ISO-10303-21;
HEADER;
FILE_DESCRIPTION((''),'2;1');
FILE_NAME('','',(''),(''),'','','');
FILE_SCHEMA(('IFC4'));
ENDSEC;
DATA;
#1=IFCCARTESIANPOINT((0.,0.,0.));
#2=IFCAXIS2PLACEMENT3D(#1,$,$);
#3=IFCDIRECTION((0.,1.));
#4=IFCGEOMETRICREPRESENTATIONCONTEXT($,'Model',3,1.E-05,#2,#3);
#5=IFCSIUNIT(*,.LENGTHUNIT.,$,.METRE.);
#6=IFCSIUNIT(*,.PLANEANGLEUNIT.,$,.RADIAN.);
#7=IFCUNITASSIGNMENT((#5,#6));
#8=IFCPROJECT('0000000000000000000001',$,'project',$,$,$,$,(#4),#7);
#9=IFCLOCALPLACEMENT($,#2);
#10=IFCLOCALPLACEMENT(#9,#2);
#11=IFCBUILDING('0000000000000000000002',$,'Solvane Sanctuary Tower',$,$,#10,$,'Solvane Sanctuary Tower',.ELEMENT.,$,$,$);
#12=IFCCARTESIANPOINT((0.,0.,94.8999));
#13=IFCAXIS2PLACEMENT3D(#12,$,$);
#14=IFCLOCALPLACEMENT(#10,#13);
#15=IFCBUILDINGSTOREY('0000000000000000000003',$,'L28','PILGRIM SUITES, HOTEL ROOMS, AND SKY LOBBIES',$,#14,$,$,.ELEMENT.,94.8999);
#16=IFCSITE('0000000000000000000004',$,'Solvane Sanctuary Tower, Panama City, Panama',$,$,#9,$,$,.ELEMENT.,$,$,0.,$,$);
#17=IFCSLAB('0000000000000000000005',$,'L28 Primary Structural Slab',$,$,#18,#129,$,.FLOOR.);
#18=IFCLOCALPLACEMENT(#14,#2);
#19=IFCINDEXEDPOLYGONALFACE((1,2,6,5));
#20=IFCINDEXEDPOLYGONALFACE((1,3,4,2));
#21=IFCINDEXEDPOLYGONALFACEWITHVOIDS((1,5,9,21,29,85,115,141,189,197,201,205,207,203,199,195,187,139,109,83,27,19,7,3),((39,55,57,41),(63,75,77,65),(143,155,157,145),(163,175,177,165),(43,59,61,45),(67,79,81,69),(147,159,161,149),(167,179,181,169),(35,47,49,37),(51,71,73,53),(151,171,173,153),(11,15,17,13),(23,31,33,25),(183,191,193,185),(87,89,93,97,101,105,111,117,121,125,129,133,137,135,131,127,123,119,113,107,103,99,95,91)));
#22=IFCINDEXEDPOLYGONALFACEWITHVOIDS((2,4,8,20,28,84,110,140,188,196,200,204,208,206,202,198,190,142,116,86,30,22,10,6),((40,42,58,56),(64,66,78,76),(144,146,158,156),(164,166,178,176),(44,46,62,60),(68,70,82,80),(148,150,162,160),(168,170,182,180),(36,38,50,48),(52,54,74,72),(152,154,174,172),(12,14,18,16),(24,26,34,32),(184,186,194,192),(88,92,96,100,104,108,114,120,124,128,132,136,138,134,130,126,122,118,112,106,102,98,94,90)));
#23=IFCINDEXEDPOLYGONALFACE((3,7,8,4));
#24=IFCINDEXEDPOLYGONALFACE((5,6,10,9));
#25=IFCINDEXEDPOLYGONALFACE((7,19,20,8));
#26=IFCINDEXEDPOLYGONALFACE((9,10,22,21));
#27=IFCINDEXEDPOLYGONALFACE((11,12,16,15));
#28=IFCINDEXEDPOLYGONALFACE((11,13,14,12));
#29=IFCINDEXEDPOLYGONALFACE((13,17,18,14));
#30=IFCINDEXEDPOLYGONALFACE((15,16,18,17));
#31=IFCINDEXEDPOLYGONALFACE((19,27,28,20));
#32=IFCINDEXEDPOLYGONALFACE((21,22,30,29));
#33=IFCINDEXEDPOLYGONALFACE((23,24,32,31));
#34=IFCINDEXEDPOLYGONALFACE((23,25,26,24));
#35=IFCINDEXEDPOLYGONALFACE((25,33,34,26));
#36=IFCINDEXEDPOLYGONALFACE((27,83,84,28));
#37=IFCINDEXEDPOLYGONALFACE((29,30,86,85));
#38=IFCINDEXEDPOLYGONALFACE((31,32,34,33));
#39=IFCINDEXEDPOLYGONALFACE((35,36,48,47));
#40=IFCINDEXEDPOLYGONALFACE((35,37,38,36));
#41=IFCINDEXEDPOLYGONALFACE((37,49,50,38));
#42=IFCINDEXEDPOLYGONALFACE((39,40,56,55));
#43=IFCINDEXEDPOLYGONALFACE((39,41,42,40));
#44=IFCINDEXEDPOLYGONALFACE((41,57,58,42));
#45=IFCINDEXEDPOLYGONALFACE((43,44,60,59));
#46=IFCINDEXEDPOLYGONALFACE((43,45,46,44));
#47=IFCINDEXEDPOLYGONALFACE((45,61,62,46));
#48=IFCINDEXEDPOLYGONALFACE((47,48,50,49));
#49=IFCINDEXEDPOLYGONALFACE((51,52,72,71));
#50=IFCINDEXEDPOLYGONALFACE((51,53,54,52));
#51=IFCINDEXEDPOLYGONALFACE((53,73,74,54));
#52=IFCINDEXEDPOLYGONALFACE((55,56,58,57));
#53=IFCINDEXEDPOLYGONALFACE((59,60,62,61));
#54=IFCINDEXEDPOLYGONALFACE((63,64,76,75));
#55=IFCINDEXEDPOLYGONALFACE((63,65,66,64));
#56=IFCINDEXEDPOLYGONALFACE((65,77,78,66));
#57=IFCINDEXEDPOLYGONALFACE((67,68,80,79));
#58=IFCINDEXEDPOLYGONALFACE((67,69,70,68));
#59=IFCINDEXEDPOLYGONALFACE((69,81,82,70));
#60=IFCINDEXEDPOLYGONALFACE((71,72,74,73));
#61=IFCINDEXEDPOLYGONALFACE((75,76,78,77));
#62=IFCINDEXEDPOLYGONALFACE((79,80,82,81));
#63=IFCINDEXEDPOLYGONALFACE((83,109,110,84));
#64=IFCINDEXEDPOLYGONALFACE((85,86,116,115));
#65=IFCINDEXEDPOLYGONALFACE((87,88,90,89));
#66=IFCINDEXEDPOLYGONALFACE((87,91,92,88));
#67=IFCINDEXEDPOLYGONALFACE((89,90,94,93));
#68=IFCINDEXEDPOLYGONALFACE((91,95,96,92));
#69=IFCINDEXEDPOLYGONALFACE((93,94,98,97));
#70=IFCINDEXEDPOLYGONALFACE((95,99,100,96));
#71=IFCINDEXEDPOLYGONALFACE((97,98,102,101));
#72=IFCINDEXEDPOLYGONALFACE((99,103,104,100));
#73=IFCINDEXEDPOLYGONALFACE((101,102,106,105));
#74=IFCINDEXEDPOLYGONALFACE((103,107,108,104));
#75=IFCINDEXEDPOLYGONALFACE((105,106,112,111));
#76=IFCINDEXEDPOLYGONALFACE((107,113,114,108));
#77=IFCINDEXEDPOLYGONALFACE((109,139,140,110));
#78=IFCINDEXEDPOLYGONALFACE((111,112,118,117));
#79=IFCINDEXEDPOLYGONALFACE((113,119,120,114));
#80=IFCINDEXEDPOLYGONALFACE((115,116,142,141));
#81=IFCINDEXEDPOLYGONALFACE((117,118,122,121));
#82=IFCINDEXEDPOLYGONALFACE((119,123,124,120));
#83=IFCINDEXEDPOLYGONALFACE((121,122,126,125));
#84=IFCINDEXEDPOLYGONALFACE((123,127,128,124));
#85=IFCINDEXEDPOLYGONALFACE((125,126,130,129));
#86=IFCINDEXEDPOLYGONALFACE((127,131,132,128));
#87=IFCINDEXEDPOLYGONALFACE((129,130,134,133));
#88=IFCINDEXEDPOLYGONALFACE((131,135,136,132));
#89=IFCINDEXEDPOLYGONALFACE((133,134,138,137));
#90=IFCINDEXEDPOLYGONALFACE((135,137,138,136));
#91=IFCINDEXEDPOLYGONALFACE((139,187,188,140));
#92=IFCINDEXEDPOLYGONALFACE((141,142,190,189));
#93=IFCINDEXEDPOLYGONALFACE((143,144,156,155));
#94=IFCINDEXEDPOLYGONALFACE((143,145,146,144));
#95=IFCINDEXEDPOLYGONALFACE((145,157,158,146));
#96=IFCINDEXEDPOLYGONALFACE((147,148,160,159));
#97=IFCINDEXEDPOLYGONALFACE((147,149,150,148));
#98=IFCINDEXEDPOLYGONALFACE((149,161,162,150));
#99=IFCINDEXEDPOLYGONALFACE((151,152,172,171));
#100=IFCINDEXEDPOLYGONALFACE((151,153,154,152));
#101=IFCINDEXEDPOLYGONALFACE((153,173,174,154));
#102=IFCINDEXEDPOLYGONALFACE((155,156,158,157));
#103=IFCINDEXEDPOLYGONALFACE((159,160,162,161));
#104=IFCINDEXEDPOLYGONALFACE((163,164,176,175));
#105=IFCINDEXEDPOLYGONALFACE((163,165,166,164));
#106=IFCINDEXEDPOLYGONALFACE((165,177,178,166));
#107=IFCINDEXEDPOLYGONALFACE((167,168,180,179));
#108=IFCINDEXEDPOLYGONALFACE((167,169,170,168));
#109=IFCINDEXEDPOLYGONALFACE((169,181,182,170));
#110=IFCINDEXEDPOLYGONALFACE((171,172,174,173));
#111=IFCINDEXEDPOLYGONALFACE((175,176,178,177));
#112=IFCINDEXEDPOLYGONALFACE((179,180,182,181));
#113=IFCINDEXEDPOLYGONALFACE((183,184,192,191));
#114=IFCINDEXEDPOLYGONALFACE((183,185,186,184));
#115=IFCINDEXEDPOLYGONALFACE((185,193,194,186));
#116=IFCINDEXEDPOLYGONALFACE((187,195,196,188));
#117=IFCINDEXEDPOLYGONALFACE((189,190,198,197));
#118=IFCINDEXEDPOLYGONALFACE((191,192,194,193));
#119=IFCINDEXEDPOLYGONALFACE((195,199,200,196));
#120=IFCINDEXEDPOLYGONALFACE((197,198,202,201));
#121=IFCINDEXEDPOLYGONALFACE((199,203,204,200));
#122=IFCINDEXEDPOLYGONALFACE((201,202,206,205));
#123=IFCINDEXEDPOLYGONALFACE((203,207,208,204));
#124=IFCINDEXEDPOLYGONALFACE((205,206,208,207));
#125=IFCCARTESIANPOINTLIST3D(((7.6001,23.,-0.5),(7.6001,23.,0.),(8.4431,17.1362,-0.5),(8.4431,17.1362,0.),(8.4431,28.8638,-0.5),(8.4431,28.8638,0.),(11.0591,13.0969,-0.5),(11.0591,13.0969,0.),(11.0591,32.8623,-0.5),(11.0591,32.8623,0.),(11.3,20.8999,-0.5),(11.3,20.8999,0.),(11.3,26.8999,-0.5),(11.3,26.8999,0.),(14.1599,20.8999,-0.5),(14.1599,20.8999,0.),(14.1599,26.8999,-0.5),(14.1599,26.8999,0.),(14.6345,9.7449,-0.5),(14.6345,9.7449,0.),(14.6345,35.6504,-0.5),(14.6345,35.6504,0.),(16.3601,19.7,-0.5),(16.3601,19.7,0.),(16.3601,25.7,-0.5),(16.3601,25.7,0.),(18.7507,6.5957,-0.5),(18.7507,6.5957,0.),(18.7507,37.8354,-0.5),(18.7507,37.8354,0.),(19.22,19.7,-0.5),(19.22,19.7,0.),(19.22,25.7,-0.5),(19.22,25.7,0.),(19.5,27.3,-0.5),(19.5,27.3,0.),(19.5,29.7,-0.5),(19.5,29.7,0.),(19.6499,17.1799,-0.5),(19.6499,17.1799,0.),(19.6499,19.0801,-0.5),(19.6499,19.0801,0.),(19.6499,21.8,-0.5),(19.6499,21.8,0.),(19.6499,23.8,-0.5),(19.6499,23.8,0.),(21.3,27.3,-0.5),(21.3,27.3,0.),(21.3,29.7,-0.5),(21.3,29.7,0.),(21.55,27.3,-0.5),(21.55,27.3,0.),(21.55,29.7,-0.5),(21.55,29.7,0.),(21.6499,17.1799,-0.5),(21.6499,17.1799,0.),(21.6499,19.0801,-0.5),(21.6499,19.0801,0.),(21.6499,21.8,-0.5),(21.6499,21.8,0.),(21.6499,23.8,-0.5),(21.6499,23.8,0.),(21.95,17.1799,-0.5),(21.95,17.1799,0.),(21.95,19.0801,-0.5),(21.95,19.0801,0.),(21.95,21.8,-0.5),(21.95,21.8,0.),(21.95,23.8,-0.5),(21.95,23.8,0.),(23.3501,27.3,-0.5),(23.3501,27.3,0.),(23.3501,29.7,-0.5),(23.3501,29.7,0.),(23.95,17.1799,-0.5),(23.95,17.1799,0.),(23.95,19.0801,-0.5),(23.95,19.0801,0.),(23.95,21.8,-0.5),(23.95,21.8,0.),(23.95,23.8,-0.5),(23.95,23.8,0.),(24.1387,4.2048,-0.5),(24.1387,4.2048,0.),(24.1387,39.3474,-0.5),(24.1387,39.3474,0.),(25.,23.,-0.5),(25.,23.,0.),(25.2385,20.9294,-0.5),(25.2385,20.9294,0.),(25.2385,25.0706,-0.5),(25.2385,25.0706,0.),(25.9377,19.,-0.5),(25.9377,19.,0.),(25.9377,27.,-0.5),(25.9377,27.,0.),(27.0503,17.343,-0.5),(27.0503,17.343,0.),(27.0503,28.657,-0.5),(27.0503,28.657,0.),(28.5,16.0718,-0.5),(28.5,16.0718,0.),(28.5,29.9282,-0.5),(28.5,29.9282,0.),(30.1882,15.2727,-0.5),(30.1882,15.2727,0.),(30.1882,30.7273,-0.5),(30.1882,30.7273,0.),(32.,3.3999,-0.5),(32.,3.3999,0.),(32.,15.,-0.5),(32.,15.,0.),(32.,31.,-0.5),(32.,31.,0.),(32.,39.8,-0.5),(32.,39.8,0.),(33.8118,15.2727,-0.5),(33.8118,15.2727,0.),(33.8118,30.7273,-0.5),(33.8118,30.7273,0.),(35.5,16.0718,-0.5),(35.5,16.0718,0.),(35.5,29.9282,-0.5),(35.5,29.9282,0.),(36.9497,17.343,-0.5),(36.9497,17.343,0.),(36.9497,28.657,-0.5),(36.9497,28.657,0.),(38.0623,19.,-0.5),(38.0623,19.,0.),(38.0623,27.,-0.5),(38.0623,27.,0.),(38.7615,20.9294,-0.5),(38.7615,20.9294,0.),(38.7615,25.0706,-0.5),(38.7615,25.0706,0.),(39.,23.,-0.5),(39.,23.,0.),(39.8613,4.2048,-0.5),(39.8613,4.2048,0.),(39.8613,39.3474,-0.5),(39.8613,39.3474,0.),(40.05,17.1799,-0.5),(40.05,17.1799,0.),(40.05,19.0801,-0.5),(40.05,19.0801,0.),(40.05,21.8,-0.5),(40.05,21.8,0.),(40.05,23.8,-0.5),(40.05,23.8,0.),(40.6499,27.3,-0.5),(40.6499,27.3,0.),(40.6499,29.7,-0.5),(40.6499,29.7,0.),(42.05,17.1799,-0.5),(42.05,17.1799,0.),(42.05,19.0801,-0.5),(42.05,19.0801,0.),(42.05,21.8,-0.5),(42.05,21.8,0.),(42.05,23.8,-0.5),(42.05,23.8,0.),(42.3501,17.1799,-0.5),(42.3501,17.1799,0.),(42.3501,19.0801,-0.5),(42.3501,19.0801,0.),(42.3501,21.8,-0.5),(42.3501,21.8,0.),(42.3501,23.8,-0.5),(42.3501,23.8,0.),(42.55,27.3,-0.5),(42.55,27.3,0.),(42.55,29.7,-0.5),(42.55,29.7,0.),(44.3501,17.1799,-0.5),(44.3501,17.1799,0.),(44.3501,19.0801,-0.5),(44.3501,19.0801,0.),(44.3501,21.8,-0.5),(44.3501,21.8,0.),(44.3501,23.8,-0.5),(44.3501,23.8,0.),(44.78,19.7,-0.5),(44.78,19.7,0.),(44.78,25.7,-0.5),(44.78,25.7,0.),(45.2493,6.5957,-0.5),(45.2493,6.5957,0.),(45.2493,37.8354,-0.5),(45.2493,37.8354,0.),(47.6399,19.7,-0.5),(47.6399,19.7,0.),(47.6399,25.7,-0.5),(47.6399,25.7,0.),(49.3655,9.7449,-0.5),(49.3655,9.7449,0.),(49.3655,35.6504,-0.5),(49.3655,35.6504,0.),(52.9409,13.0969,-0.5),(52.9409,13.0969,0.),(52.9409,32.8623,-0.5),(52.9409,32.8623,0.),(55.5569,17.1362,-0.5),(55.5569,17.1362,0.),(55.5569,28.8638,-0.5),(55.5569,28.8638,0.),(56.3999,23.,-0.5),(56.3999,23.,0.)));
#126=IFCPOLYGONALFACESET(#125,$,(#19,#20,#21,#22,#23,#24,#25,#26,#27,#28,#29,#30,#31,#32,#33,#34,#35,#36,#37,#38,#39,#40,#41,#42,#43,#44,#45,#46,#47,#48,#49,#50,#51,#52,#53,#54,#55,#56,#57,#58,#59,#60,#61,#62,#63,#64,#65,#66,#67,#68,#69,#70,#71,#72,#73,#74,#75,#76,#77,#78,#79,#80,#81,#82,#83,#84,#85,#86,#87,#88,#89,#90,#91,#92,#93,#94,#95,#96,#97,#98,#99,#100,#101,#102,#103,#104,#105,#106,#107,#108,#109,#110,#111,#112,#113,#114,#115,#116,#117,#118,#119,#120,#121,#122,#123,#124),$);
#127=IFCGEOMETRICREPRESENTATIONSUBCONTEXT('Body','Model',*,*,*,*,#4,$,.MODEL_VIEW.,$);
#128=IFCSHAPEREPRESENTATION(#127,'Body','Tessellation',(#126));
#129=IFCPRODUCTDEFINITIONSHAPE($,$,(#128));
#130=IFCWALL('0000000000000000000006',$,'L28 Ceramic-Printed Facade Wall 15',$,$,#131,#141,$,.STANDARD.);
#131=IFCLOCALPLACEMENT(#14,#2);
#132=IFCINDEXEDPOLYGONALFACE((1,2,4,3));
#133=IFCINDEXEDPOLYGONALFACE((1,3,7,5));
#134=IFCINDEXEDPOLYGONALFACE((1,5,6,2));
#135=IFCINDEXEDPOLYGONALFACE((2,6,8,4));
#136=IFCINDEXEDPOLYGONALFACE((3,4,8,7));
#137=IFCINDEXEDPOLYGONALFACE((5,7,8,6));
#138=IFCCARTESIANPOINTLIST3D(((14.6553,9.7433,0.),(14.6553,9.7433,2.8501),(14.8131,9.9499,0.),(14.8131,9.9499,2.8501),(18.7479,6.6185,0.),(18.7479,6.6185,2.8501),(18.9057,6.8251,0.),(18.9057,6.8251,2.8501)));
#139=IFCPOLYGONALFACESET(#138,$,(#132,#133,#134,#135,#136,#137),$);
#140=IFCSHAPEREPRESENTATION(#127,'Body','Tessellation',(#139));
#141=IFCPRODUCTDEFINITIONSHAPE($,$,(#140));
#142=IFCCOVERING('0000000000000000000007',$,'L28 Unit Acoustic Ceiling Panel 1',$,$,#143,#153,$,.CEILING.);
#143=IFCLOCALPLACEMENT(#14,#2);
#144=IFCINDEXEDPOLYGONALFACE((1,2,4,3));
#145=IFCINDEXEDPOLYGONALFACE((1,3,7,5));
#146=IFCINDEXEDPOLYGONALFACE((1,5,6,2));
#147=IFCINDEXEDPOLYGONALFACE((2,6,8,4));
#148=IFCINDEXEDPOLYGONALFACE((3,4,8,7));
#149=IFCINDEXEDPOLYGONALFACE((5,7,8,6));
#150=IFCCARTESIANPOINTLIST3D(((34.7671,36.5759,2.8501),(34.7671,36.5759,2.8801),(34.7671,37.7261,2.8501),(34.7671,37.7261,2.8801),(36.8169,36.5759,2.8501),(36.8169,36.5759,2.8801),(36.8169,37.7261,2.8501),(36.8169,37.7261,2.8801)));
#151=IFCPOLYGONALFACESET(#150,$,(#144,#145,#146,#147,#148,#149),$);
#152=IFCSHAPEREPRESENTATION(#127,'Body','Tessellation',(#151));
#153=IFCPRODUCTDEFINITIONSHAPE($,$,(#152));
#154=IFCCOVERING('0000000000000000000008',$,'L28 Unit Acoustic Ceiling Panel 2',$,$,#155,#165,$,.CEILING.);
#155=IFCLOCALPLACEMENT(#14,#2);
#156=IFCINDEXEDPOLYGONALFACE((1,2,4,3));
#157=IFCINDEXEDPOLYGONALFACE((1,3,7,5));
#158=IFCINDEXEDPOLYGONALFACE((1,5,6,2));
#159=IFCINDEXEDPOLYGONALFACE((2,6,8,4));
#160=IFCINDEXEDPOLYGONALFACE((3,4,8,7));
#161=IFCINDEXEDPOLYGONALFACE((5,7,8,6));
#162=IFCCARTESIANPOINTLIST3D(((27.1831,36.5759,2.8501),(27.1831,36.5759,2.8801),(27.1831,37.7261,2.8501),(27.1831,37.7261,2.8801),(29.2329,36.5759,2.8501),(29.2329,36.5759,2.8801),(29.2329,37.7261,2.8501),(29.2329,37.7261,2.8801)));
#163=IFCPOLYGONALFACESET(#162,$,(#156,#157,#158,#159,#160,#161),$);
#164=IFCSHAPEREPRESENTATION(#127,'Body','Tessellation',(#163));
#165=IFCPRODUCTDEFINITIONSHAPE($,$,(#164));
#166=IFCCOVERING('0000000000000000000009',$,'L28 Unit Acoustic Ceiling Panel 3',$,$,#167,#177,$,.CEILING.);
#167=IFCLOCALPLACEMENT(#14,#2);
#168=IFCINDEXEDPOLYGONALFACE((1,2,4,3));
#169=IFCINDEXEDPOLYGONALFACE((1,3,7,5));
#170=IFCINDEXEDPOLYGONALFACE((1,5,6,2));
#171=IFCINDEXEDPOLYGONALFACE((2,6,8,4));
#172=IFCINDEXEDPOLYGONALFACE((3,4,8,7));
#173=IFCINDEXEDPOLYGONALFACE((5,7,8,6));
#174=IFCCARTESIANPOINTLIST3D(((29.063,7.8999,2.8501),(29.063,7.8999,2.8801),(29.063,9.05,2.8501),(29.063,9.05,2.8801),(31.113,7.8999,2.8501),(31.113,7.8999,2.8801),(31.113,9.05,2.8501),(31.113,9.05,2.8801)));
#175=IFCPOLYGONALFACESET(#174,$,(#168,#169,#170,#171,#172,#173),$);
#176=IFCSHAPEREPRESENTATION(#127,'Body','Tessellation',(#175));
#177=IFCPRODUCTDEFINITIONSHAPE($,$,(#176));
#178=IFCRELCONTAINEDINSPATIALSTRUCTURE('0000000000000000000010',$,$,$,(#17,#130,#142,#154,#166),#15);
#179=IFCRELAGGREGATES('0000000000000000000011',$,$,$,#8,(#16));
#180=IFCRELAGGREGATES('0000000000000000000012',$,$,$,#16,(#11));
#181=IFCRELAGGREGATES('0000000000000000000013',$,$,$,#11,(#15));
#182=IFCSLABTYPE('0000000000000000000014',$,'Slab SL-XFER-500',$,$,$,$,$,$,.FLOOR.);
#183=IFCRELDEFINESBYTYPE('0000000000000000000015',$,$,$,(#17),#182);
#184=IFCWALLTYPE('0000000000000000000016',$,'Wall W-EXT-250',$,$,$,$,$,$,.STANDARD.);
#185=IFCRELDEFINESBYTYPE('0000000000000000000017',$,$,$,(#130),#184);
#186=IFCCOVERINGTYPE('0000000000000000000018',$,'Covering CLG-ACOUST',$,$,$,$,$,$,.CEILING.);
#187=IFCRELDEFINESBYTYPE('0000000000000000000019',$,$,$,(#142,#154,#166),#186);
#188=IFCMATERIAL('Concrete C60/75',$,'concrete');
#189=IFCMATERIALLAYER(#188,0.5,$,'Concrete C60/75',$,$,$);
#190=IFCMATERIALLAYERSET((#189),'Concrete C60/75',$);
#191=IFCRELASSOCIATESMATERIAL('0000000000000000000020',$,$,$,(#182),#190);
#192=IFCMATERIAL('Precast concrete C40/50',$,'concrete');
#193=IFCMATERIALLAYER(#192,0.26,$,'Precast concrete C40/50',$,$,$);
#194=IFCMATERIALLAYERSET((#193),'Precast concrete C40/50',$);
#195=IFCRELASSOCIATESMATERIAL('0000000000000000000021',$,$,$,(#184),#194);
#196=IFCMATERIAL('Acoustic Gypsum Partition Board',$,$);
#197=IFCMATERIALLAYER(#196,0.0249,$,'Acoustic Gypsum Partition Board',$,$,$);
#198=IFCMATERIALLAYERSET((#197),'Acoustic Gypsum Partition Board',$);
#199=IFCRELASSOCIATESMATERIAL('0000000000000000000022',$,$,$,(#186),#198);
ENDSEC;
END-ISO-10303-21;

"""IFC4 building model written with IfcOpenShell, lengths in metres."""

from ifc_helpers import new_model, si_unit, direction, frame, frame_2d, origin, place, context, subcontext, project, spatial, polyline, rectangle, outline, extrude, material, layer, layer_set, type_object, element, save


model = new_model("IFC4")

# Units and contexts
model_context = context("Model", 3, precision=1e-05, world=origin(), true_north=direction((0.0, 1.0)))
body_context = subcontext(model_context, "Body", "Model", "MODEL_VIEW")
ifc_project = project(units=[si_unit("LENGTHUNIT", "METRE"), si_unit("PLANEANGLEUNIT", "RADIAN")], contexts=[model_context])

# Site, building, storey
site_placement = place(None, origin())
site = spatial("IfcSite", under=ifc_project, at=site_placement, Name="Solvane Sanctuary Tower, Panama City, Panama", CompositionType="ELEMENT", RefElevation=0.0)
building_placement = place(site_placement, origin())
building = spatial("IfcBuilding", under=site, at=building_placement, Name="Solvane Sanctuary Tower", LongName="Solvane Sanctuary Tower", CompositionType="ELEMENT")
storey_placement = place(building_placement, frame((0.0, 0.0, 94.8999)))
storey = spatial("IfcBuildingStorey", under=building, at=storey_placement, Name="L28", Description="PILGRIM SUITES, HOTEL ROOMS, AND SKY LOBBIES", CompositionType="ELEMENT", Elevation=94.8999)

# Shared definitions
ifc_material_1 = material(Name="Concrete C60/75", Category="concrete")

# Slab
ifc_layer_1 = layer(ifc_material_1, 0.5, Name="Concrete C60/75")
ifc_layer_set_1 = layer_set([ifc_layer_1], Name="Concrete C60/75")
slab_type_1 = type_object("IfcSlabType", Name="Slab SL-XFER-500", PredefinedType="FLOOR", material=ifc_layer_set_1)
slab_1_placement = place(storey_placement, frame((0.0, 0.0, -0.5)))
element("IfcSlab", 1, at=slab_1_placement, inside=storey, type_object=slab_type_1, Name="L28 Primary Structural Slab", PredefinedType="FLOOR", context=body_context, shape_type="SweptSolid", body=[
    extrude(outline(polyline([(56.3999, 23.0), (55.5569, 28.8638), (52.9409, 32.8623), (49.3655, 35.6504), (45.2493, 37.8354), (39.8613, 39.3474), (32.0, 39.8), (24.1387, 39.3474), (18.7507, 37.8354), (14.6345, 35.6504), (11.0591, 32.8623), (8.4431, 28.8638), (7.6001, 23.0), (8.4431, 17.1362), (11.0591, 13.0969), (14.6345, 9.7449), (18.7507, 6.5957), (24.1387, 4.2048), (32.0, 3.3999), (39.8613, 4.2048), (45.2493, 6.5957), (49.3655, 9.7449), (52.9409, 13.0969), (55.5569, 17.1362), (56.3999, 23.0)]), holes=[polyline([(38.7615, 20.9294), (38.0623, 19.0), (36.9497, 17.343), (35.5, 16.0718), (33.8118, 15.2727), (32.0, 15.0), (30.1882, 15.2727), (28.5, 16.0718), (27.0503, 17.343), (25.9377, 19.0), (25.2385, 20.9294), (25.0, 23.0), (25.2385, 25.0706), (25.9377, 27.0), (27.0503, 28.657), (28.5, 29.9282), (30.1882, 30.7273), (32.0, 31.0), (33.8118, 30.7273), (35.5, 29.9282), (36.9497, 28.657), (38.0623, 27.0), (38.7615, 25.0706), (39.0, 23.0), (38.7615, 20.9294)]), polyline([(16.3601, 19.7), (16.3601, 25.7), (19.22, 25.7), (19.22, 19.7), (16.3601, 19.7)]), polyline([(44.78, 19.7), (44.78, 25.7), (47.6399, 25.7), (47.6399, 19.7), (44.78, 19.7)]), polyline([(11.3, 20.8999), (11.3, 26.8999), (14.1599, 26.8999), (14.1599, 20.8999), (11.3, 20.8999)]), polyline([(19.6499, 19.0801), (21.6499, 19.0801), (21.6499, 17.1799), (19.6499, 17.1799), (19.6499, 19.0801)]), polyline([(21.95, 19.0801), (23.95, 19.0801), (23.95, 17.1799), (21.95, 17.1799), (21.95, 19.0801)]), polyline([(40.05, 19.0801), (42.05, 19.0801), (42.05, 17.1799), (40.05, 17.1799), (40.05, 19.0801)]), polyline([(42.3501, 19.0801), (44.3501, 19.0801), (44.3501, 17.1799), (42.3501, 17.1799), (42.3501, 19.0801)]), polyline([(19.6499, 23.8), (21.6499, 23.8), (21.6499, 21.8), (19.6499, 21.8), (19.6499, 23.8)]), polyline([(42.3501, 23.8), (44.3501, 23.8), (44.3501, 21.8), (42.3501, 21.8), (42.3501, 23.8)]), polyline([(21.95, 23.8), (23.95, 23.8), (23.95, 21.8), (21.95, 21.8), (21.95, 23.8)]), polyline([(40.05, 23.8), (42.05, 23.8), (42.05, 21.8), (40.05, 21.8), (40.05, 23.8)]), polyline([(19.5, 29.7), (21.3, 29.7), (21.3, 27.3), (19.5, 27.3), (19.5, 29.7)]), polyline([(21.55, 29.7), (23.3501, 29.7), (23.3501, 27.3), (21.55, 27.3), (21.55, 29.7)]), polyline([(40.6499, 29.7), (42.55, 29.7), (42.55, 27.3), (40.6499, 27.3), (40.6499, 29.7)])]), origin(), (0.0, 0.0, 1.0), 0.5),
])

# Wall
ifc_material_2 = material(Name="Precast concrete C40/50", Category="concrete")
ifc_layer_2 = layer(ifc_material_2, 0.26, Name="Precast concrete C40/50")
ifc_layer_set_2 = layer_set([ifc_layer_2], Name="Precast concrete C40/50")
wall_type = type_object("IfcWallType", Name="Wall W-EXT-250", PredefinedType="STANDARD", material=ifc_layer_set_2)
wall_placement = place(storey_placement, frame((14.7341, 9.8467, 0.0), z_axis=(0.0, 0.0, 1.0), x_axis=(0.79481, -0.606859, 0.0)))
element("IfcWall", 2, at=wall_placement, inside=storey, type_object=wall_type, Name="L28 Ceramic-Printed Facade Wall 15", PredefinedType="STANDARD", context=body_context, shape_type="SweptSolid", body=[
    extrude(rectangle(XDim=5.1492, YDim=0.26, at=frame_2d((2.5747, 0.0))), origin(), (0.0, 0.0, 1.0), 2.8501),
])

# Coverings
ifc_material_3 = material(Name="Acoustic Gypsum Partition Board")
ifc_layer_3 = layer(ifc_material_3, 0.0249, Name="Acoustic Gypsum Partition Board")
ifc_layer_set_3 = layer_set([ifc_layer_3], Name="Acoustic Gypsum Partition Board")
covering_type_1 = type_object("IfcCoveringType", Name="Covering CLG-ACOUST", PredefinedType="CEILING", material=ifc_layer_set_3)
covering_1_placement = place(storey_placement, frame((0.0, 0.0, 2.8501)))
element("IfcCovering", 3, at=covering_1_placement, inside=storey, type_object=covering_type_1, Name="L28 Unit Acoustic Ceiling Panel 1", PredefinedType="CEILING", context=body_context, shape_type="SweptSolid", body=[
    extrude(outline(polyline([(34.7671, 36.5759), (36.8169, 36.5759), (36.8169, 37.7261), (34.7671, 37.7261), (34.7671, 36.5759)])), origin(), (0.0, 0.0, 1.0), 0.03),
])
covering_2_placement = place(storey_placement, frame((0.0, 0.0, 2.8501)))
element("IfcCovering", 4, at=covering_2_placement, inside=storey, type_object=covering_type_1, Name="L28 Unit Acoustic Ceiling Panel 2", PredefinedType="CEILING", context=body_context, shape_type="SweptSolid", body=[
    extrude(outline(polyline([(27.1831, 36.5759), (29.2329, 36.5759), (29.2329, 37.7261), (27.1831, 37.7261), (27.1831, 36.5759)])), origin(), (0.0, 0.0, 1.0), 0.03),
])
covering_3_placement = place(storey_placement, frame((0.0, 0.0, 2.8501)))
element("IfcCovering", 5, at=covering_3_placement, inside=storey, type_object=covering_type_1, Name="L28 Unit Acoustic Ceiling Panel 3", PredefinedType="CEILING", context=body_context, shape_type="SweptSolid", body=[
    extrude(outline(polyline([(29.063, 7.8999), (31.113, 7.8999), (31.113, 9.05), (29.063, 9.05), (29.063, 7.8999)])), origin(), (0.0, 0.0, 1.0), 0.03),
])

save(model, "model.ifc")
